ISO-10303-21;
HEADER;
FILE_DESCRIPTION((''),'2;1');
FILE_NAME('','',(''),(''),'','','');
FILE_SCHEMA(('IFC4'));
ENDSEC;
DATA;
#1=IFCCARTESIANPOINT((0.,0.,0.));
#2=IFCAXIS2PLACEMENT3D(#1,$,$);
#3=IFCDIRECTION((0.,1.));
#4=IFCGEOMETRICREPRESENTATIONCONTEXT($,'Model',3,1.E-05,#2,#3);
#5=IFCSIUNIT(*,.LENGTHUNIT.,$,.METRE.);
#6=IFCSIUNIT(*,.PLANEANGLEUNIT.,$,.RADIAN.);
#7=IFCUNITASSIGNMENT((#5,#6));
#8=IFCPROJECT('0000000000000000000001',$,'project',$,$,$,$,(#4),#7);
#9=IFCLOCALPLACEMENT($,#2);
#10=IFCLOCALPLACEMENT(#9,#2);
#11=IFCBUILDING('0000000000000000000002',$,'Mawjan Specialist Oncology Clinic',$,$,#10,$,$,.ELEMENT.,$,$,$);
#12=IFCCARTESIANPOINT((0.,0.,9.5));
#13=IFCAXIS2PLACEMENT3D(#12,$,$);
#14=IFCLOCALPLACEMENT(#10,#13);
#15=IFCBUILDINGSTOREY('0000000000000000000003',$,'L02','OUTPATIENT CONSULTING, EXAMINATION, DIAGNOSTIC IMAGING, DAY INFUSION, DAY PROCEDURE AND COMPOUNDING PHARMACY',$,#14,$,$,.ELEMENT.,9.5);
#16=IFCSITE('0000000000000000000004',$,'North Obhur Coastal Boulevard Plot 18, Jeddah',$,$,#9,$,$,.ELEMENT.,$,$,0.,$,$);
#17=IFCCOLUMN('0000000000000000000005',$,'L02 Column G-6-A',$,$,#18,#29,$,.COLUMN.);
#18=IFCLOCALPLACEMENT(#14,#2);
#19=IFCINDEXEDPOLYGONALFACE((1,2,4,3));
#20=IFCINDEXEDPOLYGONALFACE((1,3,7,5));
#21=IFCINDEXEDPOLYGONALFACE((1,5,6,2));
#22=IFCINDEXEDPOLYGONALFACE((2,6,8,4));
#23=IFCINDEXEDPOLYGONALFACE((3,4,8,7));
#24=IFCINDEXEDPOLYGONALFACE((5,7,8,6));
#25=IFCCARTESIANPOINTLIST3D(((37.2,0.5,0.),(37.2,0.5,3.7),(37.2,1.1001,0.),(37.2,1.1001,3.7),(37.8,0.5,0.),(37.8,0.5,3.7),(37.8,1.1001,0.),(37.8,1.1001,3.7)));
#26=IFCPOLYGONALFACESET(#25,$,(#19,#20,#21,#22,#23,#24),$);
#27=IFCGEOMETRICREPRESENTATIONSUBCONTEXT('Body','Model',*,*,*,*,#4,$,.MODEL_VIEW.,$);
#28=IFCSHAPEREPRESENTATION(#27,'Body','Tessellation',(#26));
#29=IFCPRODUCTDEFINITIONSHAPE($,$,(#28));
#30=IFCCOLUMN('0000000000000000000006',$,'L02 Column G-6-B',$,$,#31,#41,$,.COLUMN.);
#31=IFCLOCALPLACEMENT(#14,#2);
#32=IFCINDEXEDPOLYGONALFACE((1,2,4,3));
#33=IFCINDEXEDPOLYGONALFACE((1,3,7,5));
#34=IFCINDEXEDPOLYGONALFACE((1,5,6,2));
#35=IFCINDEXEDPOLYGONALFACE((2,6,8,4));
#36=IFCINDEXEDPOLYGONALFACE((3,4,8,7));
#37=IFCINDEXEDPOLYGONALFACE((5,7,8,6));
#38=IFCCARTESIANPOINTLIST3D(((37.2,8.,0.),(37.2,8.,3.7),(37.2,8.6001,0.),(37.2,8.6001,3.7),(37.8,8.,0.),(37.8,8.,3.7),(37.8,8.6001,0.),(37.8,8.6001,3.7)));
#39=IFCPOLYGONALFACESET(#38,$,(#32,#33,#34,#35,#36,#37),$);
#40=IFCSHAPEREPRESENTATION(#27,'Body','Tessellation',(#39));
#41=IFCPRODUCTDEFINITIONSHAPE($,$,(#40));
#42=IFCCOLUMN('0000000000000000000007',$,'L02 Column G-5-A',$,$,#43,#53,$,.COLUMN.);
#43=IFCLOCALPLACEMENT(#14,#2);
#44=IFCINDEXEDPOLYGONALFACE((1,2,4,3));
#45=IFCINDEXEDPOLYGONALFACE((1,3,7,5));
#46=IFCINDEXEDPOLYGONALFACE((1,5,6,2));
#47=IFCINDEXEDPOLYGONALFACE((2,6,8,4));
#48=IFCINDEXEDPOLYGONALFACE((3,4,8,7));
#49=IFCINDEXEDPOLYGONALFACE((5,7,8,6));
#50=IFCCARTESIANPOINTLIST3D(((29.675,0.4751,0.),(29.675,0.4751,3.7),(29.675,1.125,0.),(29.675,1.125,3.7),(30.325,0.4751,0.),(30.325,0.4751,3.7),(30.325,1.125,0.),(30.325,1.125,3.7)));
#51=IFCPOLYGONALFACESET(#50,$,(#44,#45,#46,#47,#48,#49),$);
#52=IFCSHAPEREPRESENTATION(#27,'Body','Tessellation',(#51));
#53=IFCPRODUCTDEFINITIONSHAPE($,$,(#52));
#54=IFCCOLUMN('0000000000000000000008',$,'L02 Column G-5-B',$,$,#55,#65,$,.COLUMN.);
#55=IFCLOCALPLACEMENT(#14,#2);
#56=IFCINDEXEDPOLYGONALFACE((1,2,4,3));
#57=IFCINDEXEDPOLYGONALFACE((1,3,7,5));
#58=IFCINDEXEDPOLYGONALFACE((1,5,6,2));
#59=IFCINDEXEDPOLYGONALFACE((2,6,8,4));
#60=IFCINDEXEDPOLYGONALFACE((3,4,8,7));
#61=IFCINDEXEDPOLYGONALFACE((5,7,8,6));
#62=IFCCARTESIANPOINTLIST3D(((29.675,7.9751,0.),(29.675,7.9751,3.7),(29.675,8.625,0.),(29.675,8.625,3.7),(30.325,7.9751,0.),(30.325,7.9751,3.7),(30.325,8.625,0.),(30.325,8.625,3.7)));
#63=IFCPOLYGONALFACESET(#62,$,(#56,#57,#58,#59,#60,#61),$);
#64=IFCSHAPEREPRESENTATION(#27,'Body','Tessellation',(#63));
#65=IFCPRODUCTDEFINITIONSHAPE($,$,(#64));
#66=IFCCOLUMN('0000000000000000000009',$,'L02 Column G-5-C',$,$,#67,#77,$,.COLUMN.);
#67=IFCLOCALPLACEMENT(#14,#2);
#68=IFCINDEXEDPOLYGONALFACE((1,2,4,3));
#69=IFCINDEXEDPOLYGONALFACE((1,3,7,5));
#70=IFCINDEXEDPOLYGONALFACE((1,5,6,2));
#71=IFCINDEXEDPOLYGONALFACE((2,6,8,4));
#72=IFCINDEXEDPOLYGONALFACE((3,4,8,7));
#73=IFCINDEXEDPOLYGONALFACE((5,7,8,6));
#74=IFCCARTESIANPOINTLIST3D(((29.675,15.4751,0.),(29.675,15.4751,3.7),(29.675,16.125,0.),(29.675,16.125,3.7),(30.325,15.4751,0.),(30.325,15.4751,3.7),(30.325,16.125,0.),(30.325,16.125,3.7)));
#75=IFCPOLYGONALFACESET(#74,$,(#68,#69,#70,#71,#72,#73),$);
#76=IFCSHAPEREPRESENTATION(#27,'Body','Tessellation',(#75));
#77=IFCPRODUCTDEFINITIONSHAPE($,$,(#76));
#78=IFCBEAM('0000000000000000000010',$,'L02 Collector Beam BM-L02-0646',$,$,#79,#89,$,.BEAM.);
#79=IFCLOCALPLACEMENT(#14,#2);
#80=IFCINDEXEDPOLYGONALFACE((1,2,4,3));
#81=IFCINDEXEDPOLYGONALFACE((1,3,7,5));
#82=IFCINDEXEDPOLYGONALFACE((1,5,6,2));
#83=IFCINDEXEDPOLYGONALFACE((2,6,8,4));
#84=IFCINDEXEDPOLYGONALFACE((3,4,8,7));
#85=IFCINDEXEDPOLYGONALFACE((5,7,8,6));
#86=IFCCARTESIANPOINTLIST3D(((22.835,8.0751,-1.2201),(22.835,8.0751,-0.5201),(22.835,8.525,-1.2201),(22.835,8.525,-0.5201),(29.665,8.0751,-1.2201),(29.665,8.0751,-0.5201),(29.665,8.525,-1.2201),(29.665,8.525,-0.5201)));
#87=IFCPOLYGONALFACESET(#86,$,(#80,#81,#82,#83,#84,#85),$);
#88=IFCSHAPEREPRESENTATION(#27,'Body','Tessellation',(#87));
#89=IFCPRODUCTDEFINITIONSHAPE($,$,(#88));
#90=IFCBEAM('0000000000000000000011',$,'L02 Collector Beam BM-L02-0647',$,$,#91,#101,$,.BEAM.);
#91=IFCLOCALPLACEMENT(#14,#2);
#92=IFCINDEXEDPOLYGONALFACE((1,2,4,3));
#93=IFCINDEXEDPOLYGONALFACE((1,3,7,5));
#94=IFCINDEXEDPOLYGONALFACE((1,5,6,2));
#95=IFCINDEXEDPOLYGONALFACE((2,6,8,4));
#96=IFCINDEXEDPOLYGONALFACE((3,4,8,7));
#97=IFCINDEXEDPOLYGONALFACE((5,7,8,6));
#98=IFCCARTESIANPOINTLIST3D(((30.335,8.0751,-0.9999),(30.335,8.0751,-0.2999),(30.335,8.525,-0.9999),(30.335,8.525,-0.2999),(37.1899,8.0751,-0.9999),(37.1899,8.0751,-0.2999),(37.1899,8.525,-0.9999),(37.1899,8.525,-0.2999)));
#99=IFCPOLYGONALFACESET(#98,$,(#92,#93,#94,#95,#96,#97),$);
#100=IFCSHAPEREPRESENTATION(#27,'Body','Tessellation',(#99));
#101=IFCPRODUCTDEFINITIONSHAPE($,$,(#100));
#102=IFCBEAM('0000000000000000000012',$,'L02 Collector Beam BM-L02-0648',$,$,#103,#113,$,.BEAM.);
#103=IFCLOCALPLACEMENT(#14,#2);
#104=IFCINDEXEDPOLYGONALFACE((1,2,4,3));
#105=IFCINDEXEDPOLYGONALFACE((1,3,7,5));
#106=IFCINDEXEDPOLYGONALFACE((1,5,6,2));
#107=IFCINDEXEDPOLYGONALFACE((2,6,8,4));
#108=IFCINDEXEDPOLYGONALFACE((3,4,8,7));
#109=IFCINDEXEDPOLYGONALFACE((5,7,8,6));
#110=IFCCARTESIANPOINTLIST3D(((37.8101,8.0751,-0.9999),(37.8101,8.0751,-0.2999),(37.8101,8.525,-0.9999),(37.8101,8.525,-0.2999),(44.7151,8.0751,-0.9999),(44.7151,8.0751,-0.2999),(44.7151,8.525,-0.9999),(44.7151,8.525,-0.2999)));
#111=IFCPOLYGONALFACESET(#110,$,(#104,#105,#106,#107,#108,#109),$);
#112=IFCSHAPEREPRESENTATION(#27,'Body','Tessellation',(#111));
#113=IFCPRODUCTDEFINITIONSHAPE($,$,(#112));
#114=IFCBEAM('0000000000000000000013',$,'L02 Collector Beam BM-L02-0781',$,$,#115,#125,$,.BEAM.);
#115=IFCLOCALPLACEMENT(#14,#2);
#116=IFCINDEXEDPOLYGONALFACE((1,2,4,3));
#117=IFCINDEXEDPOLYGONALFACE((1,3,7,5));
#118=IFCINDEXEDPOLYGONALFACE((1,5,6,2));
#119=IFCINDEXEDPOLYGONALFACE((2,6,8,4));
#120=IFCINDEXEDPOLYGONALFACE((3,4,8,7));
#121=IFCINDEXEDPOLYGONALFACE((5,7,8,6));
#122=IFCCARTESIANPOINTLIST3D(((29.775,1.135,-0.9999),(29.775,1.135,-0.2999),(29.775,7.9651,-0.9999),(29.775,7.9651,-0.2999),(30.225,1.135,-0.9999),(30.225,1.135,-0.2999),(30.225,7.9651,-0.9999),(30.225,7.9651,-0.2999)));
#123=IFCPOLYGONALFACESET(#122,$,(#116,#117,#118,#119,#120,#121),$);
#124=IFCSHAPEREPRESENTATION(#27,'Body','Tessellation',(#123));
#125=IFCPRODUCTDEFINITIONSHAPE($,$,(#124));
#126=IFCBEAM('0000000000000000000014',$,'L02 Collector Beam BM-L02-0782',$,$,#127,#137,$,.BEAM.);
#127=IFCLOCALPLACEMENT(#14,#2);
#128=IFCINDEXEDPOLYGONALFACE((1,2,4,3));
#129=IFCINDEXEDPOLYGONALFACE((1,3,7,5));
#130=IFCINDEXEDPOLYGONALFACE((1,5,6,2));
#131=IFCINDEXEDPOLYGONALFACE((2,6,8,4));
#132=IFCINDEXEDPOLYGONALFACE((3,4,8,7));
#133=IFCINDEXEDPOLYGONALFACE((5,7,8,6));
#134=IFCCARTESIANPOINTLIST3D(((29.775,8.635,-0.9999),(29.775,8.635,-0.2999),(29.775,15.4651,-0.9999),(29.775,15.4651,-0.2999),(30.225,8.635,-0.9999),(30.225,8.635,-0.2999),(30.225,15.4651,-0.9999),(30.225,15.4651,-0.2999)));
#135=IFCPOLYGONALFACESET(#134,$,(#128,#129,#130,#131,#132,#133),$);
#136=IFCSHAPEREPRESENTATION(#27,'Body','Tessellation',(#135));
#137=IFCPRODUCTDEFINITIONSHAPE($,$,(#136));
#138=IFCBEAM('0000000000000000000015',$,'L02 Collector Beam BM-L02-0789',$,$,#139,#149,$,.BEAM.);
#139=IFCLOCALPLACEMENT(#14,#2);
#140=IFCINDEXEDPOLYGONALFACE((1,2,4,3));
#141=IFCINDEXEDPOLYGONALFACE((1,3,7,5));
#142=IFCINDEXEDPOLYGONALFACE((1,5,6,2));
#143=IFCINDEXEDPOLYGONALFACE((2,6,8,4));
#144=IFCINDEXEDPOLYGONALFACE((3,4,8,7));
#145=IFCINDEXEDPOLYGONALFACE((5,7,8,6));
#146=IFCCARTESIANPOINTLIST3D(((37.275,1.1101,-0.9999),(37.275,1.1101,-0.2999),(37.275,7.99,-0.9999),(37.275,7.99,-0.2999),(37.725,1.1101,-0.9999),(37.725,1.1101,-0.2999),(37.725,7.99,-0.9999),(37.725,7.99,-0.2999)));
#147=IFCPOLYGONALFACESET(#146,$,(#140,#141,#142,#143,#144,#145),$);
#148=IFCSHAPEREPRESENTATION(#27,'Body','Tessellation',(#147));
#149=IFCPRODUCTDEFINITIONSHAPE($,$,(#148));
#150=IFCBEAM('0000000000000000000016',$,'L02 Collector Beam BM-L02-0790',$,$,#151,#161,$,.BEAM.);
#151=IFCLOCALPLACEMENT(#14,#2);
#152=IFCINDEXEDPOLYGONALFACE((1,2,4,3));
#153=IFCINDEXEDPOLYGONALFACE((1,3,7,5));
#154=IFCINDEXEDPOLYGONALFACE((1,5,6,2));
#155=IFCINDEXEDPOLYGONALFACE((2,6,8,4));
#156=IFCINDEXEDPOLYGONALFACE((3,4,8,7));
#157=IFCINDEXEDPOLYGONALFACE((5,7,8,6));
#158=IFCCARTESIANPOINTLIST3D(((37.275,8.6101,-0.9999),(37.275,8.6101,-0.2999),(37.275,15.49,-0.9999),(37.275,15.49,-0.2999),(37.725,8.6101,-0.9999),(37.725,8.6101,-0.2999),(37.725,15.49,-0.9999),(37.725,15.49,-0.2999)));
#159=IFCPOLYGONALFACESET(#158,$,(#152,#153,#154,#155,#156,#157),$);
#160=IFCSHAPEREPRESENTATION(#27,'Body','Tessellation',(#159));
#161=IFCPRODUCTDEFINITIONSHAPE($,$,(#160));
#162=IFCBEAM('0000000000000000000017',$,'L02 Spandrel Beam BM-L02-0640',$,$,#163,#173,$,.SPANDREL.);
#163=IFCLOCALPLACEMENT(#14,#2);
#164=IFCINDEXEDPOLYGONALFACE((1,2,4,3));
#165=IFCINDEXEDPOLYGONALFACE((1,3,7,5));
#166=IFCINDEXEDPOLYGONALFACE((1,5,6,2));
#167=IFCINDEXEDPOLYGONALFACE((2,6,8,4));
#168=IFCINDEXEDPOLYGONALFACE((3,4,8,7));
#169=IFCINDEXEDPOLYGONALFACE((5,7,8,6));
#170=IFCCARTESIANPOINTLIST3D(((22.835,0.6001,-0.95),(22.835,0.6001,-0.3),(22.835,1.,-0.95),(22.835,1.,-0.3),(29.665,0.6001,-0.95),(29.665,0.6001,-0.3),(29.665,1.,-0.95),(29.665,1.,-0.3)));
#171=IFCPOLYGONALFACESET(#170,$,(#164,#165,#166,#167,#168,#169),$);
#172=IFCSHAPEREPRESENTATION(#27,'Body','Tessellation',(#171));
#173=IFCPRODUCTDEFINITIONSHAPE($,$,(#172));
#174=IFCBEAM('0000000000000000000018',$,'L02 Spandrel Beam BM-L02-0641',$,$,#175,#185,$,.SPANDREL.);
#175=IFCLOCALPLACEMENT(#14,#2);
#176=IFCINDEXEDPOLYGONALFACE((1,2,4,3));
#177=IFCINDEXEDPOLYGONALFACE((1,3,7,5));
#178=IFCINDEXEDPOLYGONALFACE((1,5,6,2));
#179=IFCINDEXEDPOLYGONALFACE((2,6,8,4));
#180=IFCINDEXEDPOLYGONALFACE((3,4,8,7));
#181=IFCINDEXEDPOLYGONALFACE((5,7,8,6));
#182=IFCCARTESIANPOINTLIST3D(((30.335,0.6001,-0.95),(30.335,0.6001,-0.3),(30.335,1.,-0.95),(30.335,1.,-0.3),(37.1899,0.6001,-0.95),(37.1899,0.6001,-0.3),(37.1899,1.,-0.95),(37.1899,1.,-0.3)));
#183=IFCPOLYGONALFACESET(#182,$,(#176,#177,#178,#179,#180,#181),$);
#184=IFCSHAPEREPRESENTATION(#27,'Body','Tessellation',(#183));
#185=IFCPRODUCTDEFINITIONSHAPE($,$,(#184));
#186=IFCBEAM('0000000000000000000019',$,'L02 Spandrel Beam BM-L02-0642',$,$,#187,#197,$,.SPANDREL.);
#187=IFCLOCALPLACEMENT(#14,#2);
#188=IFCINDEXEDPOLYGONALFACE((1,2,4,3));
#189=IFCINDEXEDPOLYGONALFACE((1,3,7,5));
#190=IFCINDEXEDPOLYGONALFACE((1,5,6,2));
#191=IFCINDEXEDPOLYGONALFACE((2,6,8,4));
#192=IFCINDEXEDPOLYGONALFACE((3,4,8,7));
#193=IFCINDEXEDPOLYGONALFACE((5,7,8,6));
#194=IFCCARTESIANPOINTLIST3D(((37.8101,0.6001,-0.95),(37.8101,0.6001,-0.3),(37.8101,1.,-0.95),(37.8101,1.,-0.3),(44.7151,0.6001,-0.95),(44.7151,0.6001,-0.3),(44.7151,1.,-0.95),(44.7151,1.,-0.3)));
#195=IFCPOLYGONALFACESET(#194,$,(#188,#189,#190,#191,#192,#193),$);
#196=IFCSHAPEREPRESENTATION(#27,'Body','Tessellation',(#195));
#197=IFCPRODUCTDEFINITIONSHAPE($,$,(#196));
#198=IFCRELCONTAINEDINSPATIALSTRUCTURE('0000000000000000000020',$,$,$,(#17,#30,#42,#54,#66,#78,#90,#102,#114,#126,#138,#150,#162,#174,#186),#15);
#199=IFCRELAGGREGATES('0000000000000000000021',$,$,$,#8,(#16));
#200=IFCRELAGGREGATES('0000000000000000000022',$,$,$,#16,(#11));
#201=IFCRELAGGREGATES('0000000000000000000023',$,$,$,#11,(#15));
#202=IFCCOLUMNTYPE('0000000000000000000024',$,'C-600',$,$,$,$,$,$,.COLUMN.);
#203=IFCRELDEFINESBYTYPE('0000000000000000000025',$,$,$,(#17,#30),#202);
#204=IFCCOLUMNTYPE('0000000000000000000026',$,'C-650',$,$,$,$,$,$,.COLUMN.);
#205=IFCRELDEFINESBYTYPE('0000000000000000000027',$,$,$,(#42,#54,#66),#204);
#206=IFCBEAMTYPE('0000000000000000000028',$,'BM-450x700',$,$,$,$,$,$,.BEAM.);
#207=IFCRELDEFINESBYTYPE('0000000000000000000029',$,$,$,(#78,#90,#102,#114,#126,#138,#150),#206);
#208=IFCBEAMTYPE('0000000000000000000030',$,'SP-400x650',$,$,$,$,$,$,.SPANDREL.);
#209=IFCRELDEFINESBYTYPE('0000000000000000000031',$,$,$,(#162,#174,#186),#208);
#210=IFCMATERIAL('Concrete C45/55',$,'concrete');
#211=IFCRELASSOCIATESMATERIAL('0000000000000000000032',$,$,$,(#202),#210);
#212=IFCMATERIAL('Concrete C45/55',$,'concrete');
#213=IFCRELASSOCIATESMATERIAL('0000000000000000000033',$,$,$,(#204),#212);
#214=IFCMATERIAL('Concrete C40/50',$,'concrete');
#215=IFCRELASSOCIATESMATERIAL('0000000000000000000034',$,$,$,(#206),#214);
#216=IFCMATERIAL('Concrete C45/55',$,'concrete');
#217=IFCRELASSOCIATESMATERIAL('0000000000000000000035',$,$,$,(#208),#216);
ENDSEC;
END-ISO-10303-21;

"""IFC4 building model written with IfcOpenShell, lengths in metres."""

from ifc_helpers import new_model, si_unit, direction, frame, origin, origin_2d, place, context, subcontext, project, spatial, rectangle, extrude, material, material_profile, profile_set, type_object, element, save


model = new_model("IFC4")

# Units and contexts
model_context = context("Model", 3, precision=1e-05, world=origin(), true_north=direction((0.0, 1.0)))
body_context = subcontext(model_context, "Body", "Model", "MODEL_VIEW")
ifc_project = project(units=[si_unit("LENGTHUNIT", "METRE"), si_unit("PLANEANGLEUNIT", "RADIAN")], contexts=[model_context])

# Site, building, storey
site_placement = place(None, origin())
site = spatial("IfcSite", under=ifc_project, at=site_placement, Name="North Obhur Coastal Boulevard Plot 18, Jeddah", CompositionType="ELEMENT", RefElevation=0.0)
building_placement = place(site_placement, origin())
building = spatial("IfcBuilding", under=site, at=building_placement, Name="Mawjan Specialist Oncology Clinic", CompositionType="ELEMENT")
storey_placement = place(building_placement, frame((0.0, 0.0, 9.5)))
storey = spatial("IfcBuildingStorey", under=building, at=storey_placement, Name="L02", Description="OUTPATIENT CONSULTING, EXAMINATION, DIAGNOSTIC IMAGING, DAY INFUSION, DAY PROCEDURE AND COMPOUNDING PHARMACY", CompositionType="ELEMENT", Elevation=9.5)

# Columns
ifc_material_1 = material(Name="Concrete C45/55", Category="concrete")
ifc_material_profile_1 = material_profile(ifc_material_1, rectangle(XDim=0.6001, YDim=0.6001, at=origin_2d()), Name="RC COL 600x600", Category="concrete")
ifc_profile_set_1 = profile_set([ifc_material_profile_1], Name="Concrete C45/55")
column_type_1 = type_object("IfcColumnType", Name="C-600", PredefinedType="COLUMN", material=ifc_profile_set_1)
for number, where, z_axis, x_axis, name in (
    (1, (37.5, 0.8, 0.0), (0.0, 0.0, 1.0), (1.0, 0.0, 0.0), "L02 Column G-6-A"),
    (2, (37.5, 8.3, 0.0), (0.0, 0.0, 1.0), (1.0, 0.0, 0.0), "L02 Column G-6-B"),
):
    element("IfcColumn", number, at=place(storey_placement, frame(where, z_axis=z_axis, x_axis=x_axis)), inside=storey, type_object=column_type_1, Name=name, PredefinedType="COLUMN", context=body_context, shape_type="SweptSolid", body=[
        extrude(rectangle(XDim=0.6001, YDim=0.6001, at=origin_2d()), origin(), (0.0, 0.0, 1.0), 3.7),
    ])
ifc_material_2 = material(Name="Concrete C45/55", Category="concrete")
ifc_material_profile_2 = material_profile(ifc_material_2, rectangle(XDim=0.6499, YDim=0.6499, at=origin_2d()), Name="RC COL 650x650", Category="concrete")
ifc_profile_set_2 = profile_set([ifc_material_profile_2], Name="Concrete C45/55")
column_type_2 = type_object("IfcColumnType", Name="C-650", PredefinedType="COLUMN", material=ifc_profile_set_2)
for number, where, z_axis, x_axis, name in (
    (3, (30.0, 0.8, 0.0), (0.0, 0.0, 1.0), (1.0, 0.0, 0.0), "L02 Column G-5-A"),
    (4, (30.0, 8.3, 0.0), (0.0, 0.0, 1.0), (1.0, 0.0, 0.0), "L02 Column G-5-B"),
    (5, (30.0, 15.8, 0.0), (0.0, 0.0, 1.0), (1.0, 0.0, 0.0), "L02 Column G-5-C"),
):
    element("IfcColumn", number, at=place(storey_placement, frame(where, z_axis=z_axis, x_axis=x_axis)), inside=storey, type_object=column_type_2, Name=name, PredefinedType="COLUMN", context=body_context, shape_type="SweptSolid", body=[
        extrude(rectangle(XDim=0.6499, YDim=0.6499, at=origin_2d()), origin(), (0.0, 0.0, 1.0), 3.7),
    ])

# Beams
ifc_material_3 = material(Name="Concrete C40/50", Category="concrete")
ifc_material_profile_3 = material_profile(ifc_material_3, rectangle(XDim=0.45, YDim=0.7, at=origin_2d()), Name="RC BM 450x700", Category="concrete")
ifc_profile_set_3 = profile_set([ifc_material_profile_3], Name="Concrete C40/50")
beam_type_1 = type_object("IfcBeamType", Name="BM-450x700", PredefinedType="BEAM", material=ifc_profile_set_3)
beam_1_placement = place(storey_placement, frame((22.835, 8.3, -0.8701), z_axis=(1.0, 0.0, 0.0), x_axis=(0.0, 1.0, 0.0)))
element("IfcBeam", 6, at=beam_1_placement, inside=storey, type_object=beam_type_1, Name="L02 Collector Beam BM-L02-0646", PredefinedType="BEAM", context=body_context, shape_type="SweptSolid", body=[
    extrude(rectangle(XDim=0.45, YDim=0.7, at=origin_2d()), origin(), (0.0, 0.0, 1.0), 6.8301),
])
beam_2_placement = place(storey_placement, frame((30.335, 8.3, -0.6499), z_axis=(1.0, 0.0, 0.0), x_axis=(0.0, 1.0, 0.0)))
element("IfcBeam", 7, at=beam_2_placement, inside=storey, type_object=beam_type_1, Name="L02 Collector Beam BM-L02-0647", PredefinedType="BEAM", context=body_context, shape_type="SweptSolid", body=[
    extrude(rectangle(XDim=0.45, YDim=0.7, at=origin_2d()), origin(), (0.0, 0.0, 1.0), 6.855),
])
beam_3_placement = place(storey_placement, frame((37.8101, 8.3, -0.6499), z_axis=(1.0, 0.0, 0.0), x_axis=(0.0, 1.0, 0.0)))
element("IfcBeam", 8, at=beam_3_placement, inside=storey, type_object=beam_type_1, Name="L02 Collector Beam BM-L02-0648", PredefinedType="BEAM", context=body_context, shape_type="SweptSolid", body=[
    extrude(rectangle(XDim=0.45, YDim=0.7, at=origin_2d()), origin(), (0.0, 0.0, 1.0), 6.905),
])
for number, where, z_axis, x_axis, name in (
    (9, (30.0, 1.135, -0.6499), (0.0, 1.0, 0.0), (-1.0, 0.0, 0.0), "L02 Collector Beam BM-L02-0781"),
    (10, (30.0, 8.635, -0.6499), (0.0, 1.0, 0.0), (-1.0, 0.0, 0.0), "L02 Collector Beam BM-L02-0782"),
):
    element("IfcBeam", number, at=place(storey_placement, frame(where, z_axis=z_axis, x_axis=x_axis)), inside=storey, type_object=beam_type_1, Name=name, PredefinedType="BEAM", context=body_context, shape_type="SweptSolid", body=[
        extrude(rectangle(XDim=0.45, YDim=0.7, at=origin_2d()), origin(), (0.0, 0.0, 1.0), 6.8301),
    ])
for number, where, z_axis, x_axis, name in (
    (11, (37.5, 1.1101, -0.6499), (0.0, 1.0, 0.0), (-1.0, 0.0, 0.0), "L02 Collector Beam BM-L02-0789"),
    (12, (37.5, 8.6101, -0.6499), (0.0, 1.0, 0.0), (-1.0, 0.0, 0.0), "L02 Collector Beam BM-L02-0790"),
):
    element("IfcBeam", number, at=place(storey_placement, frame(where, z_axis=z_axis, x_axis=x_axis)), inside=storey, type_object=beam_type_1, Name=name, PredefinedType="BEAM", context=body_context, shape_type="SweptSolid", body=[
        extrude(rectangle(XDim=0.45, YDim=0.7, at=origin_2d()), origin(), (0.0, 0.0, 1.0), 6.8799),
    ])
ifc_material_4 = material(Name="Concrete C45/55", Category="concrete")
ifc_material_profile_4 = material_profile(ifc_material_4, rectangle(XDim=0.3999, YDim=0.6499, at=origin_2d()), Name="RC BM 400x650", Category="concrete")
ifc_profile_set_4 = profile_set([ifc_material_profile_4], Name="Concrete C45/55")
beam_type_2 = type_object("IfcBeamType", Name="SP-400x650", PredefinedType="SPANDREL", material=ifc_profile_set_4)
beam_4_placement = place(storey_placement, frame((22.835, 0.8, -0.625), z_axis=(1.0, 0.0, 0.0), x_axis=(0.0, 1.0, 0.0)))
element("IfcBeam", 13, at=beam_4_placement, inside=storey, type_object=beam_type_2, Name="L02 Spandrel Beam BM-L02-0640", PredefinedType="SPANDREL", context=body_context, shape_type="SweptSolid", body=[
    extrude(rectangle(XDim=0.3999, YDim=0.6499, at=origin_2d()), origin(), (0.0, 0.0, 1.0), 6.8301),
])
beam_5_placement = place(storey_placement, frame((30.335, 0.8, -0.625), z_axis=(1.0, 0.0, 0.0), x_axis=(0.0, 1.0, 0.0)))
element("IfcBeam", 14, at=beam_5_placement, inside=storey, type_object=beam_type_2, Name="L02 Spandrel Beam BM-L02-0641", PredefinedType="SPANDREL", context=body_context, shape_type="SweptSolid", body=[
    extrude(rectangle(XDim=0.3999, YDim=0.6499, at=origin_2d()), origin(), (0.0, 0.0, 1.0), 6.855),
])
beam_6_placement = place(storey_placement, frame((37.8101, 0.8, -0.625), z_axis=(1.0, 0.0, 0.0), x_axis=(0.0, 1.0, 0.0)))
element("IfcBeam", 15, at=beam_6_placement, inside=storey, type_object=beam_type_2, Name="L02 Spandrel Beam BM-L02-0642", PredefinedType="SPANDREL", context=body_context, shape_type="SweptSolid", body=[
    extrude(rectangle(XDim=0.3999, YDim=0.6499, at=origin_2d()), origin(), (0.0, 0.0, 1.0), 6.905),
])

save(model, "model.ifc")
